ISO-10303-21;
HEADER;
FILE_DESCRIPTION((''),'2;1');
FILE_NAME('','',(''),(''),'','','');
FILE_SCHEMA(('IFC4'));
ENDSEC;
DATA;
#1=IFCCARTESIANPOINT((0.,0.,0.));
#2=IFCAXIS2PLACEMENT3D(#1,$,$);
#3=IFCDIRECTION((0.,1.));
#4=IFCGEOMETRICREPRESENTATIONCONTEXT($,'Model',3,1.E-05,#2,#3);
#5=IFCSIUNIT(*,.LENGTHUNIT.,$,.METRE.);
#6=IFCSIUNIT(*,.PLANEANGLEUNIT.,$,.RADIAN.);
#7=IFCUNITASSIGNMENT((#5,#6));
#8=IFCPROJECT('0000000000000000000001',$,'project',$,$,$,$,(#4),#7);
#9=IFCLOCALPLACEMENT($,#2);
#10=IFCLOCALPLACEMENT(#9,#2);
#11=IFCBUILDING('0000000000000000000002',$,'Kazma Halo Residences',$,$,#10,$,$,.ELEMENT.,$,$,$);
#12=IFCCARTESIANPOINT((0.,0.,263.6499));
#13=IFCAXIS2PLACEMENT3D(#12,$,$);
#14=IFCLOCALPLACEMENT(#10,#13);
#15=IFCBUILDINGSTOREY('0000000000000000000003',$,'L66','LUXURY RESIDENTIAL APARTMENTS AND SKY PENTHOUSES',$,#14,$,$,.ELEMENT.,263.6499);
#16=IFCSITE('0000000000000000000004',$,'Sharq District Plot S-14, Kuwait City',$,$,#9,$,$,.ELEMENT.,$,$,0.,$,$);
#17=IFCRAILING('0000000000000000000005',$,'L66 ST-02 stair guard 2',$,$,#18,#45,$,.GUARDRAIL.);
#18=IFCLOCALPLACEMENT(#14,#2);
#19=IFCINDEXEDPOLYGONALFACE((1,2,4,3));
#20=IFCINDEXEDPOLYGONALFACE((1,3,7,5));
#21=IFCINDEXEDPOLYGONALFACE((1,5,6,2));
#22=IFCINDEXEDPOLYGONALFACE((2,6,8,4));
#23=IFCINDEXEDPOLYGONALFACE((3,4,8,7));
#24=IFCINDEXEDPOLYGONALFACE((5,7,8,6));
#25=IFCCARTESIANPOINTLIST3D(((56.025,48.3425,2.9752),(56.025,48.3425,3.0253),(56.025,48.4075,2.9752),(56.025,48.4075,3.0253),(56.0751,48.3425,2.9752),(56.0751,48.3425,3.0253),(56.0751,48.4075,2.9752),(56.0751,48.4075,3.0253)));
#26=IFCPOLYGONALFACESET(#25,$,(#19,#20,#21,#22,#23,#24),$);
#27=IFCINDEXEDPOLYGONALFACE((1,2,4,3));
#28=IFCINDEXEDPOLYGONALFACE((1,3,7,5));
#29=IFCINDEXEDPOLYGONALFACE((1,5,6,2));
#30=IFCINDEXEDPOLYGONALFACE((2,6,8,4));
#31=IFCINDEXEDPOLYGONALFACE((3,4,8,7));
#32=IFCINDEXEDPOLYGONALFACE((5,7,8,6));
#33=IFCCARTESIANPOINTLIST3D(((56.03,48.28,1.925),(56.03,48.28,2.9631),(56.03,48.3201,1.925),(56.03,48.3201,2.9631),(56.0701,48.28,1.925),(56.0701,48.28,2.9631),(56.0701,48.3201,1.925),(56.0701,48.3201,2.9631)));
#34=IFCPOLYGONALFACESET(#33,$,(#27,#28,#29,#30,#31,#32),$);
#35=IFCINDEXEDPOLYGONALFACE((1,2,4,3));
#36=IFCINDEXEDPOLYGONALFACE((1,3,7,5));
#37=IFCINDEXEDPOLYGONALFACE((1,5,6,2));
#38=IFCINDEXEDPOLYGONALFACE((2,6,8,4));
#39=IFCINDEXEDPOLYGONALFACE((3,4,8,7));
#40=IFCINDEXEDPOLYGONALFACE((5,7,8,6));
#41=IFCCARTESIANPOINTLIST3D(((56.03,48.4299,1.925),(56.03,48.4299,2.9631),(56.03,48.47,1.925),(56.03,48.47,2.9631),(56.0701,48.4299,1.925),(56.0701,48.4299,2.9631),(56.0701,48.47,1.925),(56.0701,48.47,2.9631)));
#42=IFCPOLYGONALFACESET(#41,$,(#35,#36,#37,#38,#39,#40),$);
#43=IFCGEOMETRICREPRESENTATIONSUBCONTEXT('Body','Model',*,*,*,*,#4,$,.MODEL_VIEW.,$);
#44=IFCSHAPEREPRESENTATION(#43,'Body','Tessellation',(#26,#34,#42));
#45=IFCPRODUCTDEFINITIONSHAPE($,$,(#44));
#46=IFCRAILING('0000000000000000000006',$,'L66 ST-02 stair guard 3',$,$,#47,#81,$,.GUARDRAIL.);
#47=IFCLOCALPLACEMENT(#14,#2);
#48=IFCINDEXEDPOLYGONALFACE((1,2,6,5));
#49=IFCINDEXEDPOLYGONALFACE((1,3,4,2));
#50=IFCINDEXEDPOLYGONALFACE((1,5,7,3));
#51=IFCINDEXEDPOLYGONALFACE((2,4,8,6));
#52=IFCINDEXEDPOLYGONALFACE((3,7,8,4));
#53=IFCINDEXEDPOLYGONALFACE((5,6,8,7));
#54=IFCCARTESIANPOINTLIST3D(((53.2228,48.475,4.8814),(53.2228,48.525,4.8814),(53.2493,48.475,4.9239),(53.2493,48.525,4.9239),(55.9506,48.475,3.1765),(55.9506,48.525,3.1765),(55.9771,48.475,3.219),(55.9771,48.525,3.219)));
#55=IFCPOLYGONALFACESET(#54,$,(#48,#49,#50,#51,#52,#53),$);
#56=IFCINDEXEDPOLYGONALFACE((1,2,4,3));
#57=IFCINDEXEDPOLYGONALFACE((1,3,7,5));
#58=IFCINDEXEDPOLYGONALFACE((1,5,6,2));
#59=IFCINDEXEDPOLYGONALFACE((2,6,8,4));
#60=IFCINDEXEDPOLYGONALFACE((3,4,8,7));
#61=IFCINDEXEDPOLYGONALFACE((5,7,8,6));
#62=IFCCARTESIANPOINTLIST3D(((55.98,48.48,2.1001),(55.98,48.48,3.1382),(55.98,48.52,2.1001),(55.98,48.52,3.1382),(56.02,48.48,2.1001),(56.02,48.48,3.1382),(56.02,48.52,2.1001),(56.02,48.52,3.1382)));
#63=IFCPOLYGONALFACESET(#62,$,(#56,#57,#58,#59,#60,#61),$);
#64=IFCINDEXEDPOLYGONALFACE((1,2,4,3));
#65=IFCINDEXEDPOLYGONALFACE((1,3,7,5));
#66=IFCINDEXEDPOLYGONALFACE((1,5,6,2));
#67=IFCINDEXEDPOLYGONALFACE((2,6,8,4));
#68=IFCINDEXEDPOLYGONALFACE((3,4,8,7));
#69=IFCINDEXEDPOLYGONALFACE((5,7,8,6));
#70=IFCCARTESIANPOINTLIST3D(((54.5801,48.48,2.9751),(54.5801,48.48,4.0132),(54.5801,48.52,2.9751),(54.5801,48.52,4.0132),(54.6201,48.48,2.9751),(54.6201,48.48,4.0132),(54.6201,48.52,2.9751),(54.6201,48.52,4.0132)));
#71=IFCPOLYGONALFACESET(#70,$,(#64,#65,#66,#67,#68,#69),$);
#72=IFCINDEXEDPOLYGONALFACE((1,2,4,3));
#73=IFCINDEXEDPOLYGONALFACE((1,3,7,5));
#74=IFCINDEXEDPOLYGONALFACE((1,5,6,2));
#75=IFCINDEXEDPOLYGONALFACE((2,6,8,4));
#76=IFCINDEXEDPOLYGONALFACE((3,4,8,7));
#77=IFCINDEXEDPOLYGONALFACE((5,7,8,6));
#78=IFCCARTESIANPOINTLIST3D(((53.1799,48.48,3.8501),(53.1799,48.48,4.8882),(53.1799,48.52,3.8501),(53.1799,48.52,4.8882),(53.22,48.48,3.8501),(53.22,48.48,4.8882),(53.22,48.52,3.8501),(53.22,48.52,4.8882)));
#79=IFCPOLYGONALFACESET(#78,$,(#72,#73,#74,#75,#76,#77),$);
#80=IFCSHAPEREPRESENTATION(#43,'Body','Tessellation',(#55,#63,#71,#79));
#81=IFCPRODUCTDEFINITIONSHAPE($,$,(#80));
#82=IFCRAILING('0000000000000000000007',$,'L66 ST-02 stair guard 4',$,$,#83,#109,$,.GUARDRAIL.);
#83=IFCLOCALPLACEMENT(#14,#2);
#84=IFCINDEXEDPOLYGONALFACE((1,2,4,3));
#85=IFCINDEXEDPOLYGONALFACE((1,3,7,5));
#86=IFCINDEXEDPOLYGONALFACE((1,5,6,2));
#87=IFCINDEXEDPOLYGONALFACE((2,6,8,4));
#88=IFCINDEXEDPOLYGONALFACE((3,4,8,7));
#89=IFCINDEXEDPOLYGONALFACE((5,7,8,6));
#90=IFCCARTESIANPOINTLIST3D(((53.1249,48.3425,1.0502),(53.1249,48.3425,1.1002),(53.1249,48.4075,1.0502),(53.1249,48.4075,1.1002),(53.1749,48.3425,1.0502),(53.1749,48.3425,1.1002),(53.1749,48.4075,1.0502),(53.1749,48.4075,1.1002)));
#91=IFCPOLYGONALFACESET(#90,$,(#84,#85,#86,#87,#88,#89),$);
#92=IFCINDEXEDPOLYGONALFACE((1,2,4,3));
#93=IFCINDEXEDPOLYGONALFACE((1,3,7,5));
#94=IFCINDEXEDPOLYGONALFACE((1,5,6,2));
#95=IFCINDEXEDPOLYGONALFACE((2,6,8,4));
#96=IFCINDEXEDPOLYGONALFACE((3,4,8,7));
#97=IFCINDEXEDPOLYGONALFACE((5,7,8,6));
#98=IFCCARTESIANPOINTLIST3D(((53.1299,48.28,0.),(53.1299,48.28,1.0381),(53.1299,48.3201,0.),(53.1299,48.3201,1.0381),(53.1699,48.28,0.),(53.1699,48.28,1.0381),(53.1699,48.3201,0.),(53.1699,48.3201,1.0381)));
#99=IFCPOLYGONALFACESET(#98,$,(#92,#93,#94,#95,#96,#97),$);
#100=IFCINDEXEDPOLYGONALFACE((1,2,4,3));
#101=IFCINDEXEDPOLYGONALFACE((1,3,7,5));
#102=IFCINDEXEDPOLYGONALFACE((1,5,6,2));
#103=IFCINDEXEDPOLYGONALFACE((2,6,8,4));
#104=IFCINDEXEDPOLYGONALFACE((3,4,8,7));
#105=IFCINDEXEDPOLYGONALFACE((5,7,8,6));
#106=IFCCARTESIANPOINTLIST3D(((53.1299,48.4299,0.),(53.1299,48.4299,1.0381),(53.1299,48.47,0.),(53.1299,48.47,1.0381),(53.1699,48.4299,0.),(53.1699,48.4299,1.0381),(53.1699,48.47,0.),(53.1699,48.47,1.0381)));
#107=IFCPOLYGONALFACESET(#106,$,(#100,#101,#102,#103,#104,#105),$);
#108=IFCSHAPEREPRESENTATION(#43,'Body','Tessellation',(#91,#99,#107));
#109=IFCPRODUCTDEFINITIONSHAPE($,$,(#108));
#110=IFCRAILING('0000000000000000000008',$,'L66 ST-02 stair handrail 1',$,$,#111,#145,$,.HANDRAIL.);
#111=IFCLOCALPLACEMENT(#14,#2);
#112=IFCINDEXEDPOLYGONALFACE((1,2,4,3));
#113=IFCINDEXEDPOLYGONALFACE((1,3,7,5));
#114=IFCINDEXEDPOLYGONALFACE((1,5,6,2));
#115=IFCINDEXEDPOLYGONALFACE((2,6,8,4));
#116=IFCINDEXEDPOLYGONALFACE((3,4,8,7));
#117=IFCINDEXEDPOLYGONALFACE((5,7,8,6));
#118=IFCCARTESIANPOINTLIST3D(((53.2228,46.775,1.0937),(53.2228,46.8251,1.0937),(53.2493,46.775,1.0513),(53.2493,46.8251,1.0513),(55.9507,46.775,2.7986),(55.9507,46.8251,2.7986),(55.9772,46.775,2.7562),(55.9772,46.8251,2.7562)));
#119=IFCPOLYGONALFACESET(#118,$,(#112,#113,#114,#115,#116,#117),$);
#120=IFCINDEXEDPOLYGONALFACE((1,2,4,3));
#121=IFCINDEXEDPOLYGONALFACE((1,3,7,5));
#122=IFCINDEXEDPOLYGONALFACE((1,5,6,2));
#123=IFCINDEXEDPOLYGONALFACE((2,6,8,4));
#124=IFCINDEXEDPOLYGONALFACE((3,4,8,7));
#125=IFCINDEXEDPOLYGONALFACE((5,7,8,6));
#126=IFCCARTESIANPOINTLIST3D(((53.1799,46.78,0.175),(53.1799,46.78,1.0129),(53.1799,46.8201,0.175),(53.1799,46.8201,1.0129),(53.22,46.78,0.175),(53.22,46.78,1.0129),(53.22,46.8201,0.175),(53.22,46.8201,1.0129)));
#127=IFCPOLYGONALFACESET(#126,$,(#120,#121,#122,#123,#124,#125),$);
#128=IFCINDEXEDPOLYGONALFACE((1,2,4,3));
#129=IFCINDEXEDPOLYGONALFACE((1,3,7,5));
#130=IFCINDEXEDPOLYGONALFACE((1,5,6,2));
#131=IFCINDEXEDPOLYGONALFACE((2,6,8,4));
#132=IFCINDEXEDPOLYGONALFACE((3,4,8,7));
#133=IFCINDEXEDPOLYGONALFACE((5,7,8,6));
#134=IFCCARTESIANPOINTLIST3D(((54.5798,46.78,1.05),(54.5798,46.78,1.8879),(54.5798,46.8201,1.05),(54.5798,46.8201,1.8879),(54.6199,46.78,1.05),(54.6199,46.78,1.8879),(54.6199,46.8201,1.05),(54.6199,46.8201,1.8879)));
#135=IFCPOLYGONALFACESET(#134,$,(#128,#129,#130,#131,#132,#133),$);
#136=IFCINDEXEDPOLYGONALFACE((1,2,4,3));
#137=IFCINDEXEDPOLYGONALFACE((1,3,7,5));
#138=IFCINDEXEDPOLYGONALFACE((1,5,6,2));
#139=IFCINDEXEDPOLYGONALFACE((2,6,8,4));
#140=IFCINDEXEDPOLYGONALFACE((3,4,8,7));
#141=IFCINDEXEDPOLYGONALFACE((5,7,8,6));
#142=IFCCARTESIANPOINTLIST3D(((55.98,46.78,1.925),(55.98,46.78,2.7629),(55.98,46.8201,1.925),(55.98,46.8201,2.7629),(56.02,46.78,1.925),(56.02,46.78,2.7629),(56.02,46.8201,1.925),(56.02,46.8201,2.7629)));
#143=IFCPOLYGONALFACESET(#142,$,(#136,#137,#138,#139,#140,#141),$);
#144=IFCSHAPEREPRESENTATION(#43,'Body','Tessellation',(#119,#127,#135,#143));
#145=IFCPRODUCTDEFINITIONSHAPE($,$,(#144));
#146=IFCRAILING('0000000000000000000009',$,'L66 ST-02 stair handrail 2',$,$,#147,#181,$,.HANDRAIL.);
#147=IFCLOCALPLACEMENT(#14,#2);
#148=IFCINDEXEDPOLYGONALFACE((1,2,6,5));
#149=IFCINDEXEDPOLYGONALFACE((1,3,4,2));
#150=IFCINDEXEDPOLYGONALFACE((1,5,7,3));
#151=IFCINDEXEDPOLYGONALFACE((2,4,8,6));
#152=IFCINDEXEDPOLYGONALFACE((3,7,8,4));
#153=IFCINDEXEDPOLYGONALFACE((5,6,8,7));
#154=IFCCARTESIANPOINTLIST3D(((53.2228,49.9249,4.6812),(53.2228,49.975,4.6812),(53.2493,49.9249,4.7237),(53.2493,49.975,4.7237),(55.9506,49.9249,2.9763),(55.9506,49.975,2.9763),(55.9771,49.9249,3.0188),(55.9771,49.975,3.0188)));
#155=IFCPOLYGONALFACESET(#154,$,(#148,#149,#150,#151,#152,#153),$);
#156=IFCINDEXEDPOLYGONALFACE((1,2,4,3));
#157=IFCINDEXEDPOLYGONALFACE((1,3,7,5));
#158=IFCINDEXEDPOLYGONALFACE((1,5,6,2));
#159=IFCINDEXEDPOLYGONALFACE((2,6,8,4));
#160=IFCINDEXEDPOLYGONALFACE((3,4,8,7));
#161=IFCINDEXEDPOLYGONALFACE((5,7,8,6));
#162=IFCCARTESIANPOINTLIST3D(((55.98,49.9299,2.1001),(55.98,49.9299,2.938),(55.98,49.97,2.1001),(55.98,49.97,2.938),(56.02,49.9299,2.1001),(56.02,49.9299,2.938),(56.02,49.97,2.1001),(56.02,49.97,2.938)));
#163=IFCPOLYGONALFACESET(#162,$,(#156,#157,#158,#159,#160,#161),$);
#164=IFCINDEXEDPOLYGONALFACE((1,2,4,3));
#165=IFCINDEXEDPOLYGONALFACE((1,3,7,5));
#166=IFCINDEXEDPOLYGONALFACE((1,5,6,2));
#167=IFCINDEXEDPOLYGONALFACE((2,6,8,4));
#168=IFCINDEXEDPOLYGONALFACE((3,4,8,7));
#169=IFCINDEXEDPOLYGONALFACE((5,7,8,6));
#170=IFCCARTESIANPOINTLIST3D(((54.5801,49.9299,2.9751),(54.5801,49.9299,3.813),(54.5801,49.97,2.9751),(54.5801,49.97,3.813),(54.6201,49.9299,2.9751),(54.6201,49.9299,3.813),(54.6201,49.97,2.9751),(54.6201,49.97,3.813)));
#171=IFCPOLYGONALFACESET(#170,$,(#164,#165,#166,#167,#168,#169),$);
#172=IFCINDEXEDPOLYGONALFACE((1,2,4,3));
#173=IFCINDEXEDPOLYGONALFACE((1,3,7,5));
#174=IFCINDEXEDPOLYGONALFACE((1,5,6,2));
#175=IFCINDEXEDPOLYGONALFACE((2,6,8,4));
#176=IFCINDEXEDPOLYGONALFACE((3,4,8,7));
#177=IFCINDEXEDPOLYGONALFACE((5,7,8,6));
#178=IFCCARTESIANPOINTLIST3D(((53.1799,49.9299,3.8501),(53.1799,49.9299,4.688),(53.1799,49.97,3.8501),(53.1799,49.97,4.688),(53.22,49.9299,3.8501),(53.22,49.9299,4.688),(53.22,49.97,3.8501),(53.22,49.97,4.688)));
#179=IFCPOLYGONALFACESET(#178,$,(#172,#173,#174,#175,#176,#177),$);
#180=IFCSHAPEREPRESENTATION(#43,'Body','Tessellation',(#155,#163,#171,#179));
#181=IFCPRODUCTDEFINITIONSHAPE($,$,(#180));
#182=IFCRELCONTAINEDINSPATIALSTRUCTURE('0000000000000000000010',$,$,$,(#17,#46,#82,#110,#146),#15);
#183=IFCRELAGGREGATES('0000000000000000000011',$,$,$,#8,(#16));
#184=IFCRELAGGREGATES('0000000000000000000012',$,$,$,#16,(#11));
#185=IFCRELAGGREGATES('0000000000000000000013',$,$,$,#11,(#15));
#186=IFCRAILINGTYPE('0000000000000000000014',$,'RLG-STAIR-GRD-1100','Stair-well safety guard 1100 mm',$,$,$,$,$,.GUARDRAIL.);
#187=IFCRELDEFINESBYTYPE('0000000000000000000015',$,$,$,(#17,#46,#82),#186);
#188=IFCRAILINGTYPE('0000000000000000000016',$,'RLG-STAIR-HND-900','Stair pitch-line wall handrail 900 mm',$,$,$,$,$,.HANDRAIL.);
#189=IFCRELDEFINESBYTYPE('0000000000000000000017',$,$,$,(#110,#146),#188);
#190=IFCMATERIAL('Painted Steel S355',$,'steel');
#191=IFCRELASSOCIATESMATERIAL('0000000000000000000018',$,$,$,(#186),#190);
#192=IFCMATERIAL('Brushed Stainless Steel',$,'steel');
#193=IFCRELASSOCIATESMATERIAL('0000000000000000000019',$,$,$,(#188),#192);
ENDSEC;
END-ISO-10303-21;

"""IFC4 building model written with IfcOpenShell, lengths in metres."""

from ifc_helpers import new_model, si_unit, direction, frame, origin, origin_2d, place, context, subcontext, project, spatial, rectangle, extrude, material, type_object, element, save


model = new_model("IFC4")

# Units and contexts
model_context = context("Model", 3, precision=1e-05, world=origin(), true_north=direction((0.0, 1.0)))
body_context = subcontext(model_context, "Body", "Model", "MODEL_VIEW")
ifc_project = project(units=[si_unit("LENGTHUNIT", "METRE"), si_unit("PLANEANGLEUNIT", "RADIAN")], contexts=[model_context])

# Site, building, storey
site_placement = place(None, origin())
site = spatial("IfcSite", under=ifc_project, at=site_placement, Name="Sharq District Plot S-14, Kuwait City", CompositionType="ELEMENT", RefElevation=0.0)
building_placement = place(site_placement, origin())
building = spatial("IfcBuilding", under=site, at=building_placement, Name="Kazma Halo Residences", CompositionType="ELEMENT")
storey_placement = place(building_placement, frame((0.0, 0.0, 263.6499)))
storey = spatial("IfcBuildingStorey", under=building, at=storey_placement, Name="L66", Description="LUXURY RESIDENTIAL APARTMENTS AND SKY PENTHOUSES", CompositionType="ELEMENT", Elevation=263.6499)

# Railings
ifc_material_1 = material(Name="Painted Steel S355", Category="steel")
railing_type_1 = type_object("IfcRailingType", Name="RLG-STAIR-GRD-1100", Description="Stair-well safety guard 1100 mm", PredefinedType="GUARDRAIL", material=ifc_material_1)
railing_1_placement = place(storey_placement, frame((56.05, 48.3, 1.925)))
element("IfcRailing", 1, at=railing_1_placement, inside=storey, type_object=railing_type_1, Name="L66 ST-02 stair guard 2", PredefinedType="GUARDRAIL", context=body_context, shape_type="SweptSolid", body=[
    extrude(rectangle(XDim=0.05, YDim=0.05, at=origin_2d()), frame((0.0, 0.0425, 1.0752), z_axis=(0.0, 1.0, 0.0), x_axis=(-1.0, 0.0, 0.0)), (0.0, 0.0, 1.0), 0.0649),
    extrude(rectangle(XDim=0.04, YDim=0.04, at=origin_2d()), origin(), (0.0, 0.0, 1.0), 1.0381),
    extrude(rectangle(XDim=0.04, YDim=0.04, at=origin_2d()), frame((0.0, 0.1499, 0.0)), (0.0, 0.0, 1.0), 1.0381),
])
railing_2_placement = place(storey_placement, frame((56.0, 48.5, 2.1001)))
element("IfcRailing", 2, at=railing_2_placement, inside=storey, type_object=railing_type_1, Name="L66 ST-02 stair guard 3", PredefinedType="GUARDRAIL", context=body_context, shape_type="SweptSolid", body=[
    extrude(rectangle(XDim=0.05, YDim=0.05, at=origin_2d()), frame((-0.0361, 0.0, 1.0977), z_axis=(-0.848002, 0.0, 0.529992), x_axis=(0.0, -1.0, 0.0)), (0.0, 0.0, 1.0), 3.2168),
    extrude(rectangle(XDim=0.04, YDim=0.04, at=origin_2d()), origin(), (0.0, 0.0, 1.0), 1.0381),
    extrude(rectangle(XDim=0.04, YDim=0.04, at=origin_2d()), frame((-1.3999, 0.0, 0.875)), (0.0, 0.0, 1.0), 1.0381),
    extrude(rectangle(XDim=0.04, YDim=0.04, at=origin_2d()), frame((-2.8, 0.0, 1.75)), (0.0, 0.0, 1.0), 1.0381),
])
railing_3_placement = place(storey_placement, frame((53.1499, 48.3, 0.0)))
element("IfcRailing", 3, at=railing_3_placement, inside=storey, type_object=railing_type_1, Name="L66 ST-02 stair guard 4", PredefinedType="GUARDRAIL", context=body_context, shape_type="SweptSolid", body=[
    extrude(rectangle(XDim=0.05, YDim=0.05, at=origin_2d()), frame((0.0, 0.0425, 1.0752), z_axis=(0.0, 1.0, 0.0), x_axis=(-1.0, 0.0, 0.0)), (0.0, 0.0, 1.0), 0.0649),
    extrude(rectangle(XDim=0.04, YDim=0.04, at=origin_2d()), origin(), (0.0, 0.0, 1.0), 1.0381),
    extrude(rectangle(XDim=0.04, YDim=0.04, at=origin_2d()), frame((0.0, 0.1499, 0.0)), (0.0, 0.0, 1.0), 1.0381),
])
ifc_material_2 = material(Name="Brushed Stainless Steel", Category="steel")
railing_type_2 = type_object("IfcRailingType", Name="RLG-STAIR-HND-900", Description="Stair pitch-line wall handrail 900 mm", PredefinedType="HANDRAIL", material=ifc_material_2)
railing_4_placement = place(storey_placement, frame((53.2, 46.8, 0.175)))
element("IfcRailing", 4, at=railing_4_placement, inside=storey, type_object=railing_type_2, Name="L66 ST-02 stair handrail 1", PredefinedType="HANDRAIL", context=body_context, shape_type="SweptSolid", body=[
    extrude(rectangle(XDim=0.05, YDim=0.05, at=origin_2d()), frame((0.0361, 0.0, 0.8975), z_axis=(0.848002, 0.0, 0.529992), x_axis=(0.0, 1.0, 0.0)), (0.0, 0.0, 1.0), 3.2168),
    extrude(rectangle(XDim=0.04, YDim=0.04, at=origin_2d()), origin(), (0.0, 0.0, 1.0), 0.8379),
    extrude(rectangle(XDim=0.04, YDim=0.04, at=origin_2d()), frame((1.3999, 0.0, 0.875)), (0.0, 0.0, 1.0), 0.8379),
    extrude(rectangle(XDim=0.04, YDim=0.04, at=origin_2d()), frame((2.8, 0.0, 1.75)), (0.0, 0.0, 1.0), 0.8379),
])
railing_5_placement = place(storey_placement, frame((56.0, 49.95, 2.1001)))
element("IfcRailing", 5, at=railing_5_placement, inside=storey, type_object=railing_type_2, Name="L66 ST-02 stair handrail 2", PredefinedType="HANDRAIL", context=body_context, shape_type="SweptSolid", body=[
    extrude(rectangle(XDim=0.05, YDim=0.05, at=origin_2d()), frame((-0.0361, 0.0, 0.8975), z_axis=(-0.848002, 0.0, 0.529992), x_axis=(0.0, -1.0, 0.0)), (0.0, 0.0, 1.0), 3.2168),
    extrude(rectangle(XDim=0.04, YDim=0.04, at=origin_2d()), origin(), (0.0, 0.0, 1.0), 0.8379),
    extrude(rectangle(XDim=0.04, YDim=0.04, at=origin_2d()), frame((-1.3999, 0.0, 0.875)), (0.0, 0.0, 1.0), 0.8379),
    extrude(rectangle(XDim=0.04, YDim=0.04, at=origin_2d()), frame((-2.8, 0.0, 1.75)), (0.0, 0.0, 1.0), 0.8379),
])

save(model, "model.ifc")
